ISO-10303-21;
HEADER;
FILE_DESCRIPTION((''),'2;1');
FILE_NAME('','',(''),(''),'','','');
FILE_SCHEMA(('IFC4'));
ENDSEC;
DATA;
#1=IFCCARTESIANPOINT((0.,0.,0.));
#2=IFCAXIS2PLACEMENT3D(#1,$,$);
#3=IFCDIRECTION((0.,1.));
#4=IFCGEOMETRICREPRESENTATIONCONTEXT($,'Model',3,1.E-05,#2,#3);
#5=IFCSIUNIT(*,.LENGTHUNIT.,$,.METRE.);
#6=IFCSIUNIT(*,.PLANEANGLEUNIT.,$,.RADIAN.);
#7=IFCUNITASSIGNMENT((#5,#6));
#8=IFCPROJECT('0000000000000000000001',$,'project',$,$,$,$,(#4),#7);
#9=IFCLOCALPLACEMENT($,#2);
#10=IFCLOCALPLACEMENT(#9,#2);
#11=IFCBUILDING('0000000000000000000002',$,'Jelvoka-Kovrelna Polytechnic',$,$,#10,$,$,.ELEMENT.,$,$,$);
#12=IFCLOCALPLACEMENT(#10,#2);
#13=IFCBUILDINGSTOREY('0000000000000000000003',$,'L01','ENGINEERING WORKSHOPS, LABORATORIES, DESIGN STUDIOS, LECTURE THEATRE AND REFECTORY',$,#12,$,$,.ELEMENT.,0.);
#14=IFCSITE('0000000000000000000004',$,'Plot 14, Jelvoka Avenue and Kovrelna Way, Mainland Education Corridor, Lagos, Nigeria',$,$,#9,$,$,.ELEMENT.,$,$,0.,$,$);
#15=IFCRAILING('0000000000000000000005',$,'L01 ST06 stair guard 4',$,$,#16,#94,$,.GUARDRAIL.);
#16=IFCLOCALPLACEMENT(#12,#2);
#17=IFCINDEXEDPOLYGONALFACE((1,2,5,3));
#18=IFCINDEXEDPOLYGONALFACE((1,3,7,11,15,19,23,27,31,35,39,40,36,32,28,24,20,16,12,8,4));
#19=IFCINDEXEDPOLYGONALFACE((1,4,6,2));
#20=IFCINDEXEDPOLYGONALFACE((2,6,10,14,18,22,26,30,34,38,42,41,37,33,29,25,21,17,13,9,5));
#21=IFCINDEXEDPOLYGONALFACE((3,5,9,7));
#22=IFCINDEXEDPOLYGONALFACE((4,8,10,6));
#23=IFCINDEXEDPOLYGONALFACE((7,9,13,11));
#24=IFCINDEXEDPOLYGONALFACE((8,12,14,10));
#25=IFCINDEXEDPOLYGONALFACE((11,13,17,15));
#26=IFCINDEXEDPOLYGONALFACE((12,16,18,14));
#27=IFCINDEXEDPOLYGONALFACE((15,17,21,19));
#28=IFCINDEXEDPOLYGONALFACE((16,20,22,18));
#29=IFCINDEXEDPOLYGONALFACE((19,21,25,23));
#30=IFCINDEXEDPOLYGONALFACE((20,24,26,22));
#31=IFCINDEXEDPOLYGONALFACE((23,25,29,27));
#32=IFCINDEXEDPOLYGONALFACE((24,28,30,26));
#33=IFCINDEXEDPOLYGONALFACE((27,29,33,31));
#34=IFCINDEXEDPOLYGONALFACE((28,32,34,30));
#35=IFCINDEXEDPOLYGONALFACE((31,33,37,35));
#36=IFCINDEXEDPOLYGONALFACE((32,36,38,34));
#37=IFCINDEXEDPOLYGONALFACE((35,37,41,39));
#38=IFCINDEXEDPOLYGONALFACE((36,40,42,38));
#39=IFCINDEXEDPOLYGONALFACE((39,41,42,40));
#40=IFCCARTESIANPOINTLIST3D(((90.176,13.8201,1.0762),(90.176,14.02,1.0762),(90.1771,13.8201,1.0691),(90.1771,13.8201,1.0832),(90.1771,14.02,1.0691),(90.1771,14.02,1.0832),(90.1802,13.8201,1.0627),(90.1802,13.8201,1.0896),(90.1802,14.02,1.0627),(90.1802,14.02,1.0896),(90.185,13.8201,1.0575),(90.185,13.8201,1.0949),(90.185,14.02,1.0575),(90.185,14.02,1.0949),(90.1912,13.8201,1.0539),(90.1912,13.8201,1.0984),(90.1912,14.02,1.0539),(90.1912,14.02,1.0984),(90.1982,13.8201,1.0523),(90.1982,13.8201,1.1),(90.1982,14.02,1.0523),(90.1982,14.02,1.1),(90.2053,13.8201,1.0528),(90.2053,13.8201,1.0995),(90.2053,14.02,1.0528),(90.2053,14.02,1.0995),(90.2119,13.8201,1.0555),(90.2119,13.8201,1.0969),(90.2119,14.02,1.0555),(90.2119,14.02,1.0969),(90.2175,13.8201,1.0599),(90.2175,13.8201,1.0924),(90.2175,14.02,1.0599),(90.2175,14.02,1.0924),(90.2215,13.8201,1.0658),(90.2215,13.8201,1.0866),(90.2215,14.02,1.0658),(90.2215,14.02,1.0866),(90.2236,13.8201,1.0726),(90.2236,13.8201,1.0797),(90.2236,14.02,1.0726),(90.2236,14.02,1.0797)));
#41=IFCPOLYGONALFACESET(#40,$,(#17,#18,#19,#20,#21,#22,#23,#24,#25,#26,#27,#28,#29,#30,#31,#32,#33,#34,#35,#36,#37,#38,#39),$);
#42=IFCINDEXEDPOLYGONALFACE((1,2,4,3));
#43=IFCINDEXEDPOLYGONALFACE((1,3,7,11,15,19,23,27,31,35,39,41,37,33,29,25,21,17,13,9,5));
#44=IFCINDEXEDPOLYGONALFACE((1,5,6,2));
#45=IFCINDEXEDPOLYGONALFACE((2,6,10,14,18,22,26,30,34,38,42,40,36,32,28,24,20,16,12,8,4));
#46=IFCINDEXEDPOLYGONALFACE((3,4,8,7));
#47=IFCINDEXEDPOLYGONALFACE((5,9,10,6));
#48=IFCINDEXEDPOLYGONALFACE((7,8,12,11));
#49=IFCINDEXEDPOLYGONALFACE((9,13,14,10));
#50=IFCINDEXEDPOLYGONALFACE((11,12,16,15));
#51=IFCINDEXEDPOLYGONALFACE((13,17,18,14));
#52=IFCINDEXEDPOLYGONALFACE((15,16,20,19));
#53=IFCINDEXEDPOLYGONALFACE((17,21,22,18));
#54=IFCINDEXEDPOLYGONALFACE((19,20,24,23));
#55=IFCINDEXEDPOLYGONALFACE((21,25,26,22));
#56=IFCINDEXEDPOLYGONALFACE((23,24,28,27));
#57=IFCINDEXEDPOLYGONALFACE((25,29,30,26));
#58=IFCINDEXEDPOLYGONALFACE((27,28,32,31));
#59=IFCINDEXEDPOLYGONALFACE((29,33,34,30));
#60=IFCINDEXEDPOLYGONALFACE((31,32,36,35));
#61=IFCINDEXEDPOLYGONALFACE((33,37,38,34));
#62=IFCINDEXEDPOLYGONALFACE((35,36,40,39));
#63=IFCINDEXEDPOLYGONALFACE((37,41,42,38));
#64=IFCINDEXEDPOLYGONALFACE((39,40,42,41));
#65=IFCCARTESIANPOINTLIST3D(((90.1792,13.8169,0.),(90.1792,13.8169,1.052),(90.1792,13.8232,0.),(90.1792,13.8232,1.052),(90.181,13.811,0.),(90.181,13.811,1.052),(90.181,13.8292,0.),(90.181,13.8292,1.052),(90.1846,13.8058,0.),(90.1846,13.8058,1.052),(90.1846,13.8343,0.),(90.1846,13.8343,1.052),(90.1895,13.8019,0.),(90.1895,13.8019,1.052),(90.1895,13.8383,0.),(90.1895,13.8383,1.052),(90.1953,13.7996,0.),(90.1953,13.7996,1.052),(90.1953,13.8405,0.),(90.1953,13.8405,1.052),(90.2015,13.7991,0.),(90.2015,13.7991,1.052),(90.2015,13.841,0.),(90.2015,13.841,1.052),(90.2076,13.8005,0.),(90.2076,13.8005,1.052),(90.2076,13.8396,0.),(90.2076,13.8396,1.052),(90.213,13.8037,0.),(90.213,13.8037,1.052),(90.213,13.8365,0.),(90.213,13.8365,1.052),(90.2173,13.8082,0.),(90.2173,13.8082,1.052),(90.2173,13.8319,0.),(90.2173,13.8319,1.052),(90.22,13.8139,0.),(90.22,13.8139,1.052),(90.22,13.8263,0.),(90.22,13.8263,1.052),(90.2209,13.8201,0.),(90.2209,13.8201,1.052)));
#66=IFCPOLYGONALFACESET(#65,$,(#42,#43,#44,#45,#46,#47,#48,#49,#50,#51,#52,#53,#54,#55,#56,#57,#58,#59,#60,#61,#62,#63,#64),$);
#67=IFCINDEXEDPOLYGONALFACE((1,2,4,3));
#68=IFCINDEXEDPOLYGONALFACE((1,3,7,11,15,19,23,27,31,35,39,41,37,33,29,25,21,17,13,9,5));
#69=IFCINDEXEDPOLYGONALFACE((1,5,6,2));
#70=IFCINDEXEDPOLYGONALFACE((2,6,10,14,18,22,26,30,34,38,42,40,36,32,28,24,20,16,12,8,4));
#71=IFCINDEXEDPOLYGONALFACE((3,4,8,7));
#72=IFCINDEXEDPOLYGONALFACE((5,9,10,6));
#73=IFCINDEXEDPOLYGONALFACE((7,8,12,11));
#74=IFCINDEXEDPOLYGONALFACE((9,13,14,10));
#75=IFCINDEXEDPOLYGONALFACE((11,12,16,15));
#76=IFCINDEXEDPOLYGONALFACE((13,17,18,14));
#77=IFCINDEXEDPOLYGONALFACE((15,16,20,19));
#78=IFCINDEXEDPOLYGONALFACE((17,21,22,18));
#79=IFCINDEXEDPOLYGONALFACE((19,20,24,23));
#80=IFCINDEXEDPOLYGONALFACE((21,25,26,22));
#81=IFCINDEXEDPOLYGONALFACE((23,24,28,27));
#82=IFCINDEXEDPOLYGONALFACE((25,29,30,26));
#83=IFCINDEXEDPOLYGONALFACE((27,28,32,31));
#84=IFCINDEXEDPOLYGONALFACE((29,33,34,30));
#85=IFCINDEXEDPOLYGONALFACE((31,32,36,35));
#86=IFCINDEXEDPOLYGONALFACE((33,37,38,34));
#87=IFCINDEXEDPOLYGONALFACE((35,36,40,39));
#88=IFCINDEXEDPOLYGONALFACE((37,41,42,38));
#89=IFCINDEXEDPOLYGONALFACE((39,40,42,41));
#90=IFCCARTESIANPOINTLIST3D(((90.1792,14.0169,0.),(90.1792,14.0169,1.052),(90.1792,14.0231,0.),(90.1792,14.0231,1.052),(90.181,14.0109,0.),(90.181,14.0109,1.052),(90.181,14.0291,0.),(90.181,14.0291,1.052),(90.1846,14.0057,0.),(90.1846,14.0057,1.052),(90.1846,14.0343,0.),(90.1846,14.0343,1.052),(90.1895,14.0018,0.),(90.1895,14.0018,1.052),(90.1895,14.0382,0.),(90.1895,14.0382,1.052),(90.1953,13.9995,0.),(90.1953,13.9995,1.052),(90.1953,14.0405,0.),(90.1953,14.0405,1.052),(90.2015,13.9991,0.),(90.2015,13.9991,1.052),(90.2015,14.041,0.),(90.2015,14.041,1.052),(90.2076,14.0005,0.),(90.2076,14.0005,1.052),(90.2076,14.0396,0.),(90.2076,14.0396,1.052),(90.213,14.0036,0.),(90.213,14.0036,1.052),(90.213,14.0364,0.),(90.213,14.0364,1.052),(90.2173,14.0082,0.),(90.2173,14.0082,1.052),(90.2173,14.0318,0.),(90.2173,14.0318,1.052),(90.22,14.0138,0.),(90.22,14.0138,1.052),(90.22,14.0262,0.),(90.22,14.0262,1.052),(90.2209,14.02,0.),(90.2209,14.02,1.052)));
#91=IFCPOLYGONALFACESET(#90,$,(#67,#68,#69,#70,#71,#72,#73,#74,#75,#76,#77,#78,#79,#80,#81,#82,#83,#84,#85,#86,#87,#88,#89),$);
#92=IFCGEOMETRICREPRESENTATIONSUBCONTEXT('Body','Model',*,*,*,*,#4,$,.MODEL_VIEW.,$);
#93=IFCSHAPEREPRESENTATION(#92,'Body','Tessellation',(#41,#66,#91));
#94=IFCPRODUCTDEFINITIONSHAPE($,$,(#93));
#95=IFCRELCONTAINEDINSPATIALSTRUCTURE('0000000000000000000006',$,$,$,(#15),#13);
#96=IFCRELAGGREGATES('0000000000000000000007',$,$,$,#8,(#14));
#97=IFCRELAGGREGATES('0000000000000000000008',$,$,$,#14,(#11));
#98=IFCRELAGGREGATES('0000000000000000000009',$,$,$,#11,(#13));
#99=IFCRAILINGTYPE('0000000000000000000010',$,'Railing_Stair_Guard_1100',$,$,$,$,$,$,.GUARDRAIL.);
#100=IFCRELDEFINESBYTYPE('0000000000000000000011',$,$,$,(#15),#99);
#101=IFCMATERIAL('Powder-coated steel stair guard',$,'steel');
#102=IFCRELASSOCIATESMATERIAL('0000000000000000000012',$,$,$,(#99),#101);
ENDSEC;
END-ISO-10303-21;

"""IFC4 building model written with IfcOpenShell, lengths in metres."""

from ifc_helpers import new_model, si_unit, direction, frame, origin, origin_2d, place, context, subcontext, project, spatial, circle, extrude, material, type_object, element, save


model = new_model("IFC4")

# Units and contexts
model_context = context("Model", 3, precision=1e-05, world=origin(), true_north=direction((0.0, 1.0)))
body_context = subcontext(model_context, "Body", "Model", "MODEL_VIEW")
ifc_project = project(units=[si_unit("LENGTHUNIT", "METRE"), si_unit("PLANEANGLEUNIT", "RADIAN")], contexts=[model_context])

# Site, building, storey
site_placement = place(None, origin())
site = spatial("IfcSite", under=ifc_project, at=site_placement, Name="Plot 14, Jelvoka Avenue and Kovrelna Way, Mainland Education Corridor, Lagos, Nigeria", CompositionType="ELEMENT", RefElevation=0.0)
building_placement = place(site_placement, origin())
building = spatial("IfcBuilding", under=site, at=building_placement, Name="Jelvoka-Kovrelna Polytechnic", CompositionType="ELEMENT")
storey_placement = place(building_placement, origin())
storey = spatial("IfcBuildingStorey", under=building, at=storey_placement, Name="L01", Description="ENGINEERING WORKSHOPS, LABORATORIES, DESIGN STUDIOS, LECTURE THEATRE AND REFECTORY", CompositionType="ELEMENT", Elevation=0.0)

# Railing
ifc_material_1 = material(Name="Powder-coated steel stair guard", Category="steel")
railing_type_1 = type_object("IfcRailingType", Name="Railing_Stair_Guard_1100", PredefinedType="GUARDRAIL", material=ifc_material_1)
railing_1_placement = place(storey_placement, frame((90.2, 13.8201, 0.0)))
element("IfcRailing", 1, at=railing_1_placement, inside=storey, type_object=railing_type_1, Name="L01 ST06 stair guard 4", PredefinedType="GUARDRAIL", context=body_context, shape_type="SweptSolid", body=[
    extrude(circle(Radius=0.0239, at=origin_2d()), frame((0.0, 0.0, 1.0762), z_axis=(0.0, 1.0, 0.0), x_axis=(-1.0, 0.0, 0.0)), (0.0, 0.0, 1.0), 0.2),
    extrude(circle(Radius=0.021, at=origin_2d()), origin(), (0.0, 0.0, 1.0), 1.052),
    extrude(circle(Radius=0.021, at=origin_2d()), frame((0.0, 0.2, 0.0)), (0.0, 0.0, 1.0), 1.052),
])

save(model, "model.ifc")
